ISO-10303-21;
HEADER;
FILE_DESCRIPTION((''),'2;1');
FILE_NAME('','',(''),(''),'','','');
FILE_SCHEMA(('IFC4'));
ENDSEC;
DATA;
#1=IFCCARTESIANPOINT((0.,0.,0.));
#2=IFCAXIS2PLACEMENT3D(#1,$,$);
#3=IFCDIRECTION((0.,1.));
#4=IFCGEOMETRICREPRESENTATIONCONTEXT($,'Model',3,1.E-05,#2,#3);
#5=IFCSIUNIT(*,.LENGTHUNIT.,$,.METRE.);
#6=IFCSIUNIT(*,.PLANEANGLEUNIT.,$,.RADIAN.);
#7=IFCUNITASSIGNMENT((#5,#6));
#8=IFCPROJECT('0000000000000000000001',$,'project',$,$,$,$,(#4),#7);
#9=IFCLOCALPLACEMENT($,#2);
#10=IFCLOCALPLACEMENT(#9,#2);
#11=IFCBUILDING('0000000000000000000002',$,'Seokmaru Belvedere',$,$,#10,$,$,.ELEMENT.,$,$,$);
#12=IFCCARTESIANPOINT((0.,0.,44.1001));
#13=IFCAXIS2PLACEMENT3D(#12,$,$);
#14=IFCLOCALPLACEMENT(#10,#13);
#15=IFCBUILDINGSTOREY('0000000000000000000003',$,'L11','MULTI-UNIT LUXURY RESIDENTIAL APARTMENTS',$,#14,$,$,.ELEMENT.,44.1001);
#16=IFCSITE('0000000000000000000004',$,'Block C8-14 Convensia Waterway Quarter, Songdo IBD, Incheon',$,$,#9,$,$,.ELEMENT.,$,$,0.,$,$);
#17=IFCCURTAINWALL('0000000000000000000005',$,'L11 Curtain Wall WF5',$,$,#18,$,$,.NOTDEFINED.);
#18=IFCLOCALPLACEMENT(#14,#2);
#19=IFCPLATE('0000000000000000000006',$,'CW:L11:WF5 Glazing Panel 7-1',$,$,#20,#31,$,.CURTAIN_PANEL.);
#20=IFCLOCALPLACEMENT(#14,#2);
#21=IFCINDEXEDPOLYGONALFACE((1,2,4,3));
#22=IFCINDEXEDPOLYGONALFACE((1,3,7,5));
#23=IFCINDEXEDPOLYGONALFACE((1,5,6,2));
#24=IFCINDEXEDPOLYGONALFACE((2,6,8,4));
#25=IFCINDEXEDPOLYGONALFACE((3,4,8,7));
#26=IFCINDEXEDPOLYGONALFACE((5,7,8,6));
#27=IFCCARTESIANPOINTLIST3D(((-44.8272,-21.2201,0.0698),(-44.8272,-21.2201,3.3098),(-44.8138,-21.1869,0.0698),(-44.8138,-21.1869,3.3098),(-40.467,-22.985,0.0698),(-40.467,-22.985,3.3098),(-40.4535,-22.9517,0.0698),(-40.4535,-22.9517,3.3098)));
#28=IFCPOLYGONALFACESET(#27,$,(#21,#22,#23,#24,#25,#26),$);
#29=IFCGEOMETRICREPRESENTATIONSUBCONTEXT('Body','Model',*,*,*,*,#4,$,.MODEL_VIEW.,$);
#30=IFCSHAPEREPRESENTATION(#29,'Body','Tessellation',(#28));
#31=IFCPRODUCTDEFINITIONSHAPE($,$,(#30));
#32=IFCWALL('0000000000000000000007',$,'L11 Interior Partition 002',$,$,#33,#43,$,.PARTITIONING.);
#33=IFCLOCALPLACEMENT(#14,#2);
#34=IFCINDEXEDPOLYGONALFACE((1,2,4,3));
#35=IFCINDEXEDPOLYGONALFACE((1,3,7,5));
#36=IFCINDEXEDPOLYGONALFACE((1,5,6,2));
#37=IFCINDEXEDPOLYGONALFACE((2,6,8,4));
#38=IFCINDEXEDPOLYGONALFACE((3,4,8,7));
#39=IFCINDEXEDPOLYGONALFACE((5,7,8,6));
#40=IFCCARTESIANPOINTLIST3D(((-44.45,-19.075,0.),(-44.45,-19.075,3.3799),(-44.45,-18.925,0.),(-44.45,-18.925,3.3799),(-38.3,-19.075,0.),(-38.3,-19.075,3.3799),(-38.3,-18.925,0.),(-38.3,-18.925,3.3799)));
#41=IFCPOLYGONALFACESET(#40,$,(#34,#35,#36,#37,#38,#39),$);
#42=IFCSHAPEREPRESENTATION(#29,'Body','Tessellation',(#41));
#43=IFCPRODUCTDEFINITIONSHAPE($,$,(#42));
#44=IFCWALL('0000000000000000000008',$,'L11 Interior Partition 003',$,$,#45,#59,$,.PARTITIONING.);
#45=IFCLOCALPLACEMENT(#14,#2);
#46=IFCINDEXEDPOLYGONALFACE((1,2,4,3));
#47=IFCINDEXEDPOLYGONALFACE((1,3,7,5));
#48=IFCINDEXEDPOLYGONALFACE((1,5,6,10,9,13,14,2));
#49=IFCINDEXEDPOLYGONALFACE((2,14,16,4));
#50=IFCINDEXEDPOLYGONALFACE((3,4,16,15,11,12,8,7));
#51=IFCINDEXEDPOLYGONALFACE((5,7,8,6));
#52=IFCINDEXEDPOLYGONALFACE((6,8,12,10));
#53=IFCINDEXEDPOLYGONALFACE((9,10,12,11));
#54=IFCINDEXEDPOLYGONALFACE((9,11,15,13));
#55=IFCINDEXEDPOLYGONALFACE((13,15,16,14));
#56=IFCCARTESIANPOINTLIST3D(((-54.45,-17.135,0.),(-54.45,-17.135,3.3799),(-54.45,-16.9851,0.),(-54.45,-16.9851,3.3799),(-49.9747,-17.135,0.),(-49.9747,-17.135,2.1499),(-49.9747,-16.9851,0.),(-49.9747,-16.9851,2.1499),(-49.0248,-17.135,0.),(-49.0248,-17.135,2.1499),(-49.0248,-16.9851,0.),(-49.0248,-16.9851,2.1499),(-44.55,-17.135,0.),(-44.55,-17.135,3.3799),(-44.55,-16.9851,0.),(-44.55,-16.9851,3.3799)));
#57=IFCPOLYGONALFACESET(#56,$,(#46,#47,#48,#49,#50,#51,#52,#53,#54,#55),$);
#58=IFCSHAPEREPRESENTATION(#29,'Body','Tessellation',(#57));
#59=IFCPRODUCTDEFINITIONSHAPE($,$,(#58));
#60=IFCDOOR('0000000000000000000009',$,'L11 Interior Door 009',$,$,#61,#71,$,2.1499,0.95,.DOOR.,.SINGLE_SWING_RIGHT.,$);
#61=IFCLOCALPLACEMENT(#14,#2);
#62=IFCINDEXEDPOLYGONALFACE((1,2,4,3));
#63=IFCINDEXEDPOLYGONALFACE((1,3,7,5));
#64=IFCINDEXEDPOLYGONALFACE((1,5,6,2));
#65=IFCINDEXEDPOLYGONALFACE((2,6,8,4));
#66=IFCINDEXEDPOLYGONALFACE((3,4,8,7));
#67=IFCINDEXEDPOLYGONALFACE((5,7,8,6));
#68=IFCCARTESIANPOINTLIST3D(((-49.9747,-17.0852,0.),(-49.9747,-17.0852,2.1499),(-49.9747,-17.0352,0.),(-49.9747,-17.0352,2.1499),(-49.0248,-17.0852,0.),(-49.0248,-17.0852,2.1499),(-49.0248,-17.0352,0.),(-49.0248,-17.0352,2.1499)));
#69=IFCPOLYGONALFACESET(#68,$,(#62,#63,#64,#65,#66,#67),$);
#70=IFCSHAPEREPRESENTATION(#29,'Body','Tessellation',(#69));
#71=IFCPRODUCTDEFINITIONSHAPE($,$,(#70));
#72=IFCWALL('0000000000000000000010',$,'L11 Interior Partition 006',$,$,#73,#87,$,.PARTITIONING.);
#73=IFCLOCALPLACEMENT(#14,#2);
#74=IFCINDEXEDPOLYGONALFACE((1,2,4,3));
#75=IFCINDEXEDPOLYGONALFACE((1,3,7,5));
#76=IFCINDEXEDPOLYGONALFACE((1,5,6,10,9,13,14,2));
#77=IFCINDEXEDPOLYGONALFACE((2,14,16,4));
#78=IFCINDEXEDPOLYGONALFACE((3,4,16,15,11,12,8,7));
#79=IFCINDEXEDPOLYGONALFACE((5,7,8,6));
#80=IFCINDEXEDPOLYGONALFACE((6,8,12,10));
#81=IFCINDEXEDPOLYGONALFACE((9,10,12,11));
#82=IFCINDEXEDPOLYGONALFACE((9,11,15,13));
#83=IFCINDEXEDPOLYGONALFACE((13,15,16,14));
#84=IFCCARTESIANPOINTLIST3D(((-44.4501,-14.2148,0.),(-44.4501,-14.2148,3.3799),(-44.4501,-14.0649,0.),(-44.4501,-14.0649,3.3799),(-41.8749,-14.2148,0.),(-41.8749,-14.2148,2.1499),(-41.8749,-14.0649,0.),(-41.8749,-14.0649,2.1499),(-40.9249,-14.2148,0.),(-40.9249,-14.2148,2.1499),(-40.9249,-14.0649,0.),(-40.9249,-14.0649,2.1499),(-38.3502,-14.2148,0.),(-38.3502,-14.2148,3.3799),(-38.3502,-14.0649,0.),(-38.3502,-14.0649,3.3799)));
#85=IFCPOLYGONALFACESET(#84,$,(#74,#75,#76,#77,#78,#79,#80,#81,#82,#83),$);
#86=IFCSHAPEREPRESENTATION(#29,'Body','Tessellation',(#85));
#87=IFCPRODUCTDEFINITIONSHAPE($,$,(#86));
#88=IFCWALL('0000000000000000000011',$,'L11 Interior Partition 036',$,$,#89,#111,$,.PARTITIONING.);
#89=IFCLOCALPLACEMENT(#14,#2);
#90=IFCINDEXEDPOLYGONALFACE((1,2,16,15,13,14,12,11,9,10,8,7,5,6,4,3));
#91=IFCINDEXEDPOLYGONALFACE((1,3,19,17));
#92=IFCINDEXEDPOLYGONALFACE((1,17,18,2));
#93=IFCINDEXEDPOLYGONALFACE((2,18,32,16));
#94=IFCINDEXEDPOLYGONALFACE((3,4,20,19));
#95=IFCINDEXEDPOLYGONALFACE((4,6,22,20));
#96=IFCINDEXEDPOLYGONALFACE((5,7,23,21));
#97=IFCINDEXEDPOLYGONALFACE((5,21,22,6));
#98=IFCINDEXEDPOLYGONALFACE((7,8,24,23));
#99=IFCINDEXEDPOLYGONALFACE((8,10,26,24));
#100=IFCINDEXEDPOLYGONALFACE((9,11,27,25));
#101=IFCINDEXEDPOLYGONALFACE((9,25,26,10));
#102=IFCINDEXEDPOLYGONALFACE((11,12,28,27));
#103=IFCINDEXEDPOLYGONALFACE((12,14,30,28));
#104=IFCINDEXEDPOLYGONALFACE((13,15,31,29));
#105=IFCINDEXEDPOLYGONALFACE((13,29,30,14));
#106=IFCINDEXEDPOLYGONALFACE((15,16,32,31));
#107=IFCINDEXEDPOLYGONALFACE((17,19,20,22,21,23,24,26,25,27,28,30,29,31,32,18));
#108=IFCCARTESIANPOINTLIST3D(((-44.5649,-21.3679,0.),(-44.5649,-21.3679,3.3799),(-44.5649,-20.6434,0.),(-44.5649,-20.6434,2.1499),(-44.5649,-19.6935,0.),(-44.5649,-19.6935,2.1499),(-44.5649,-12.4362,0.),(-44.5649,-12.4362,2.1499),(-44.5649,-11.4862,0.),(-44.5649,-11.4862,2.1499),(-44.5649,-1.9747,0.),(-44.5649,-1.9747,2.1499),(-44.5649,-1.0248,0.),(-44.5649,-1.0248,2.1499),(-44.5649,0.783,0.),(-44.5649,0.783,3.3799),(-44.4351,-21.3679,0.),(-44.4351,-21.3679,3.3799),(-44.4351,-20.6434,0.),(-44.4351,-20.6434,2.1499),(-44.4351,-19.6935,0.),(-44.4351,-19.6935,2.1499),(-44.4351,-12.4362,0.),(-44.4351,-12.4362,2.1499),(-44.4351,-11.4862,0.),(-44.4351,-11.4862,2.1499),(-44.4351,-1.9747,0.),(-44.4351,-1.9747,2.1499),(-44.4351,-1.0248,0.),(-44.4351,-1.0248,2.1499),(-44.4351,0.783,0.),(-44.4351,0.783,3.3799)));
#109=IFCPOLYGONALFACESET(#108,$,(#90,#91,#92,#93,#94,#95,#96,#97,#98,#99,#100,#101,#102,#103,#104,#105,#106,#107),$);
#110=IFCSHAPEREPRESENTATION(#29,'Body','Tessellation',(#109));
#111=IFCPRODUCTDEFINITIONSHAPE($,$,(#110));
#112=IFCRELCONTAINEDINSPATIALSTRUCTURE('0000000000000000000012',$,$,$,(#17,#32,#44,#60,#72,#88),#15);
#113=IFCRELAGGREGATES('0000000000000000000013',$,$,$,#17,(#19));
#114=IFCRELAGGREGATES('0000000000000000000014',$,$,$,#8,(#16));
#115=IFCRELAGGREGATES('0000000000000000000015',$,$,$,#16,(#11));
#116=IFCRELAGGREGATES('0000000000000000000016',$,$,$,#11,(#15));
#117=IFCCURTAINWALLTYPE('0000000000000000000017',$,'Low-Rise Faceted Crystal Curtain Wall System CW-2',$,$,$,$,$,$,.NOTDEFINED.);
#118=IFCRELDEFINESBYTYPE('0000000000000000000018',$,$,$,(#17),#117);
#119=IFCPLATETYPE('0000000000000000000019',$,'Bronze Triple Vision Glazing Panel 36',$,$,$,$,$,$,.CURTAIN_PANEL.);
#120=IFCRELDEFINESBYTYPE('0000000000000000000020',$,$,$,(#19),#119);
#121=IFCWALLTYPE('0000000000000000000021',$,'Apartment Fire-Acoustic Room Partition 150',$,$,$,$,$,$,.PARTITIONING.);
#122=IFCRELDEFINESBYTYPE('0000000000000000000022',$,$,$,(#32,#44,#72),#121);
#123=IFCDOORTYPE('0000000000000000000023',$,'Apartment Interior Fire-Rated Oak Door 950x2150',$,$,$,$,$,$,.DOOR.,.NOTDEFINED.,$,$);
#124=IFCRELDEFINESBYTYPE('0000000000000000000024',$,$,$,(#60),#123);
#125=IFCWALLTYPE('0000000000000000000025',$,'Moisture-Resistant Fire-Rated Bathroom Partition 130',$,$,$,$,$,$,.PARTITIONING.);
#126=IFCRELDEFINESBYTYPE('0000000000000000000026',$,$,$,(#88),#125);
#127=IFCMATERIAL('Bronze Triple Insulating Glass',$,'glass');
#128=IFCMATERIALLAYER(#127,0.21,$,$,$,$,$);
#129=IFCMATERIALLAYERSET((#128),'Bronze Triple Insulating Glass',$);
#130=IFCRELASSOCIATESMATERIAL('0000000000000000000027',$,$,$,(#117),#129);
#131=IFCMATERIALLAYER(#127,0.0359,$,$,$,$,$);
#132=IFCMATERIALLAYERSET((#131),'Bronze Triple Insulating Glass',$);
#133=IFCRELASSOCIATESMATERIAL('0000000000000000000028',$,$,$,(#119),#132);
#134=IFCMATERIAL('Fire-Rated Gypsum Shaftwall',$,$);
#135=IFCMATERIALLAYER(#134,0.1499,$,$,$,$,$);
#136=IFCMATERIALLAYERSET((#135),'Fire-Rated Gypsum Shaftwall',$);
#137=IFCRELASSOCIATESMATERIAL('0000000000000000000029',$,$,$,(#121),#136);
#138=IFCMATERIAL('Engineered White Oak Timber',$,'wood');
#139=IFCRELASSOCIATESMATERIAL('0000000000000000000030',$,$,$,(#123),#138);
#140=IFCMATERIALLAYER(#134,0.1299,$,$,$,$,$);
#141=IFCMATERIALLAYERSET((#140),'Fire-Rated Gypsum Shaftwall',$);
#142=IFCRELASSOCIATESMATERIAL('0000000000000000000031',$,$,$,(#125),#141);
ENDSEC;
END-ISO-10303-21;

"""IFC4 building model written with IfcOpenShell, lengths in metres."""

from ifc_helpers import new_model, si_unit, direction, frame, frame_2d, origin, origin_2d, place, context, subcontext, project, spatial, rectangle, extrude, source, transform, mapped, material, layer, layer_set, type_object, type_shapes, element, fill, aggregate, save


model = new_model("IFC4")

# Units and contexts
model_context = context("Model", 3, precision=1e-05, world=origin(), true_north=direction((0.0, 1.0)))
body_context = subcontext(model_context, "Body", "Model", "MODEL_VIEW")
ifc_project = project(units=[si_unit("LENGTHUNIT", "METRE"), si_unit("PLANEANGLEUNIT", "RADIAN")], contexts=[model_context])

# Site, building, storey
site_placement = place(None, origin())
site = spatial("IfcSite", under=ifc_project, at=site_placement, Name="Block C8-14 Convensia Waterway Quarter, Songdo IBD, Incheon", CompositionType="ELEMENT", RefElevation=0.0)
building_placement = place(site_placement, origin())
building = spatial("IfcBuilding", under=site, at=building_placement, Name="Seokmaru Belvedere", CompositionType="ELEMENT")
storey_placement = place(building_placement, frame((0.0, 0.0, 44.1001)))
storey = spatial("IfcBuildingStorey", under=building, at=storey_placement, Name="L11", Description="MULTI-UNIT LUXURY RESIDENTIAL APARTMENTS", CompositionType="ELEMENT", Elevation=44.1001)

# Curtain wall, plate
ifc_material_1 = material(Name="Bronze Triple Insulating Glass", Category="glass")
ifc_layer_1 = layer(ifc_material_1, 0.21)
ifc_layer_set_1 = layer_set([ifc_layer_1], Name="Bronze Triple Insulating Glass")
curtain_wall_type = type_object("IfcCurtainWallType", Name="Low-Rise Faceted Crystal Curtain Wall System CW-2", PredefinedType="NOTDEFINED", material=ifc_layer_set_1)
curtain_wall_placement = place(storey_placement, origin())
curtain_wall = element("IfcCurtainWall", 1, at=curtain_wall_placement, inside=storey, type_object=curtain_wall_type, Name="L11 Curtain Wall WF5", PredefinedType="NOTDEFINED")
ifc_layer_2 = layer(ifc_material_1, 0.0359)
ifc_layer_set_2 = layer_set([ifc_layer_2], Name="Bronze Triple Insulating Glass")
plate_type = type_object("IfcPlateType", Name="Bronze Triple Vision Glazing Panel 36", PredefinedType="CURTAIN_PANEL", material=ifc_layer_set_2)
shared_shape_1 = source(origin(), body_context, "Body", "SweptSolid", [
    extrude(rectangle(XDim=4.7039, YDim=0.0359, at=origin_2d()), origin(), (0.0, 0.0, 1.0), 3.24),
])
type_shapes(plate_type, [shared_shape_1])
plate_1_placement = place(storey_placement, frame((-42.6404, -22.0859, 0.0698), z_axis=(0.0, 0.0, 1.0), x_axis=(0.926947, -0.375192, 0.0)))
plate_1 = element("IfcPlate", 2, at=plate_1_placement, type_object=plate_type, Name="CW:L11:WF5 Glazing Panel 7-1", PredefinedType="CURTAIN_PANEL", context=body_context, shape_type="MappedRepresentation", body=[
    mapped(shared_shape_1, transform((0.0, 0.0, 0.0), scale=1.0)),
])
aggregate(curtain_wall, [plate_1])

# Wall
ifc_material_2 = material(Name="Fire-Rated Gypsum Shaftwall")
ifc_layer_3 = layer(ifc_material_2, 0.1499)
ifc_layer_set_3 = layer_set([ifc_layer_3], Name="Fire-Rated Gypsum Shaftwall")
wall_type_1 = type_object("IfcWallType", Name="Apartment Fire-Acoustic Room Partition 150", PredefinedType="PARTITIONING", material=ifc_layer_set_3)
wall_1_placement = place(storey_placement, frame((-44.45, -19.0, 0.0), z_axis=(0.0, 0.0, 1.0), x_axis=(1.0, 0.0, 0.0)))
element("IfcWall", 3, at=wall_1_placement, inside=storey, type_object=wall_type_1, Name="L11 Interior Partition 002", PredefinedType="PARTITIONING", context=body_context, shape_type="SweptSolid", body=[
    extrude(rectangle(XDim=6.1499, YDim=0.1499, at=frame_2d((3.075, 0.0))), origin(), (0.0, 0.0, 1.0), 3.3799),
])

# Wall, opening, door
wall_2_placement = place(storey_placement, frame((-54.45, -17.0601, 0.0), z_axis=(0.0, 0.0, 1.0), x_axis=(1.0, 0.0, 0.0)))
wall_2 = element("IfcWall", 4, at=wall_2_placement, inside=storey, type_object=wall_type_1, Name="L11 Interior Partition 003", PredefinedType="PARTITIONING", context=body_context, shape_type="SweptSolid", body=[
    extrude(rectangle(XDim=9.8999, YDim=0.1499, at=frame_2d((4.95, 0.0))), origin(), (0.0, 0.0, 1.0), 3.3799),
])
opening_1_placement = place(wall_2_placement, frame((4.4751, 0.0, 0.0)))
opening_1 = element("IfcOpeningElement", 5, at=opening_1_placement, cuts=wall_2, PredefinedType="OPENING", context=body_context, shape_type="SweptSolid", body=[
    extrude(rectangle(XDim=0.95, YDim=2.1499, at=frame_2d((0.4751, 1.075))), frame((0.0, 0.085, 0.0), z_axis=(0.0, -1.0, 0.0), x_axis=(1.0, 0.0, 0.0)), (0.0, 0.0, 1.0), 0.1699),
])
ifc_material_3 = material(Name="Engineered White Oak Timber", Category="wood")
door_type = type_object("IfcDoorType", Name="Apartment Interior Fire-Rated Oak Door 950x2150", OperationType="NOTDEFINED", PredefinedType="DOOR", material=ifc_material_3)
shared_shape_2 = source(origin(), body_context, "Body", "SweptSolid", [
    extrude(rectangle(XDim=0.95, YDim=2.1499, at=frame_2d((0.4751, 1.075))), frame((0.0, 0.0249, 0.0), z_axis=(0.0, -1.0, 0.0), x_axis=(1.0, 0.0, 0.0)), (0.0, 0.0, 1.0), 0.05),
])
type_shapes(door_type, [shared_shape_2])
door_placement = place(opening_1_placement, origin())
door = element("IfcDoor", 6, at=door_placement, inside=storey, type_object=door_type, Name="L11 Interior Door 009", OperationType="SINGLE_SWING_RIGHT", OverallHeight=2.1499, OverallWidth=0.95, PredefinedType="DOOR", context=body_context, shape_type="MappedRepresentation", body=[
    mapped(shared_shape_2, transform((0.0, 0.0, 0.0), scale=1.0)),
])
fill(opening_1, door)

# Wall, opening
wall_3_placement = place(storey_placement, frame((-44.45, -14.1399, 0.0), z_axis=(0.0, 0.0, 1.0), x_axis=(1.0, 0.0, 0.0)))
wall_3 = element("IfcWall", 7, at=wall_3_placement, inside=storey, type_object=wall_type_1, Name="L11 Interior Partition 006", PredefinedType="PARTITIONING", context=body_context, shape_type="SweptSolid", body=[
    extrude(rectangle(XDim=6.0999, YDim=0.1499, at=frame_2d((3.0498, 0.0))), origin(), (0.0, 0.0, 1.0), 3.3799),
])
opening_2_placement = place(wall_3_placement, frame((2.575, 0.0, 0.0)))
element("IfcOpeningElement", 8, at=opening_2_placement, cuts=wall_3, PredefinedType="OPENING", context=body_context, shape_type="SweptSolid", body=[
    extrude(rectangle(XDim=0.95, YDim=2.1499, at=frame_2d((0.4751, 1.075))), frame((0.0, 0.085, 0.0), z_axis=(0.0, -1.0, 0.0), x_axis=(1.0, 0.0, 0.0)), (0.0, 0.0, 1.0), 0.1699),
])

# Wall, openings
ifc_layer_4 = layer(ifc_material_2, 0.1299)
ifc_layer_set_4 = layer_set([ifc_layer_4], Name="Fire-Rated Gypsum Shaftwall")
wall_type_2 = type_object("IfcWallType", Name="Moisture-Resistant Fire-Rated Bathroom Partition 130", PredefinedType="PARTITIONING", material=ifc_layer_set_4)
wall_4_placement = place(storey_placement, frame((-44.5, -21.3679, 0.0), z_axis=(0.0, 0.0, 1.0), x_axis=(0.0, 1.0, 0.0)))
wall_4 = element("IfcWall", 9, at=wall_4_placement, inside=storey, type_object=wall_type_2, Name="L11 Interior Partition 036", PredefinedType="PARTITIONING", context=body_context, shape_type="SweptSolid", body=[
    extrude(rectangle(XDim=22.1509, YDim=0.1299, at=frame_2d((11.0754, 0.0))), origin(), (0.0, 0.0, 1.0), 3.3799),
])
opening_3_placement = place(wall_4_placement, frame((8.9316, 0.0, 0.0)))
element("IfcOpeningElement", 10, at=opening_3_placement, cuts=wall_4, PredefinedType="OPENING", context=body_context, shape_type="SweptSolid", body=[
    extrude(rectangle(XDim=0.95, YDim=2.1499, at=frame_2d((0.4751, 1.075))), frame((0.0, 0.075, 0.0), z_axis=(0.0, -1.0, 0.0), x_axis=(1.0, 0.0, 0.0)), (0.0, 0.0, 1.0), 0.1499),
])
opening_4_placement = place(wall_4_placement, frame((0.7244, 0.0, 0.0)))
element("IfcOpeningElement", 11, at=opening_4_placement, cuts=wall_4, PredefinedType="OPENING", context=body_context, shape_type="SweptSolid", body=[
    extrude(rectangle(XDim=0.95, YDim=2.1499, at=frame_2d((0.4751, 1.075))), frame((0.0, 0.075, 0.0), z_axis=(0.0, -1.0, 0.0), x_axis=(1.0, 0.0, 0.0)), (0.0, 0.0, 1.0), 0.1499),
])
opening_5_placement = place(wall_4_placement, frame((19.3931, 0.0, 0.0)))
element("IfcOpeningElement", 12, at=opening_5_placement, cuts=wall_4, PredefinedType="OPENING", context=body_context, shape_type="SweptSolid", body=[
    extrude(rectangle(XDim=0.95, YDim=2.1499, at=frame_2d((0.4751, 1.075))), frame((0.0, 0.075, 0.0), z_axis=(0.0, -1.0, 0.0), x_axis=(1.0, 0.0, 0.0)), (0.0, 0.0, 1.0), 0.1499),
])

save(model, "model.ifc")
